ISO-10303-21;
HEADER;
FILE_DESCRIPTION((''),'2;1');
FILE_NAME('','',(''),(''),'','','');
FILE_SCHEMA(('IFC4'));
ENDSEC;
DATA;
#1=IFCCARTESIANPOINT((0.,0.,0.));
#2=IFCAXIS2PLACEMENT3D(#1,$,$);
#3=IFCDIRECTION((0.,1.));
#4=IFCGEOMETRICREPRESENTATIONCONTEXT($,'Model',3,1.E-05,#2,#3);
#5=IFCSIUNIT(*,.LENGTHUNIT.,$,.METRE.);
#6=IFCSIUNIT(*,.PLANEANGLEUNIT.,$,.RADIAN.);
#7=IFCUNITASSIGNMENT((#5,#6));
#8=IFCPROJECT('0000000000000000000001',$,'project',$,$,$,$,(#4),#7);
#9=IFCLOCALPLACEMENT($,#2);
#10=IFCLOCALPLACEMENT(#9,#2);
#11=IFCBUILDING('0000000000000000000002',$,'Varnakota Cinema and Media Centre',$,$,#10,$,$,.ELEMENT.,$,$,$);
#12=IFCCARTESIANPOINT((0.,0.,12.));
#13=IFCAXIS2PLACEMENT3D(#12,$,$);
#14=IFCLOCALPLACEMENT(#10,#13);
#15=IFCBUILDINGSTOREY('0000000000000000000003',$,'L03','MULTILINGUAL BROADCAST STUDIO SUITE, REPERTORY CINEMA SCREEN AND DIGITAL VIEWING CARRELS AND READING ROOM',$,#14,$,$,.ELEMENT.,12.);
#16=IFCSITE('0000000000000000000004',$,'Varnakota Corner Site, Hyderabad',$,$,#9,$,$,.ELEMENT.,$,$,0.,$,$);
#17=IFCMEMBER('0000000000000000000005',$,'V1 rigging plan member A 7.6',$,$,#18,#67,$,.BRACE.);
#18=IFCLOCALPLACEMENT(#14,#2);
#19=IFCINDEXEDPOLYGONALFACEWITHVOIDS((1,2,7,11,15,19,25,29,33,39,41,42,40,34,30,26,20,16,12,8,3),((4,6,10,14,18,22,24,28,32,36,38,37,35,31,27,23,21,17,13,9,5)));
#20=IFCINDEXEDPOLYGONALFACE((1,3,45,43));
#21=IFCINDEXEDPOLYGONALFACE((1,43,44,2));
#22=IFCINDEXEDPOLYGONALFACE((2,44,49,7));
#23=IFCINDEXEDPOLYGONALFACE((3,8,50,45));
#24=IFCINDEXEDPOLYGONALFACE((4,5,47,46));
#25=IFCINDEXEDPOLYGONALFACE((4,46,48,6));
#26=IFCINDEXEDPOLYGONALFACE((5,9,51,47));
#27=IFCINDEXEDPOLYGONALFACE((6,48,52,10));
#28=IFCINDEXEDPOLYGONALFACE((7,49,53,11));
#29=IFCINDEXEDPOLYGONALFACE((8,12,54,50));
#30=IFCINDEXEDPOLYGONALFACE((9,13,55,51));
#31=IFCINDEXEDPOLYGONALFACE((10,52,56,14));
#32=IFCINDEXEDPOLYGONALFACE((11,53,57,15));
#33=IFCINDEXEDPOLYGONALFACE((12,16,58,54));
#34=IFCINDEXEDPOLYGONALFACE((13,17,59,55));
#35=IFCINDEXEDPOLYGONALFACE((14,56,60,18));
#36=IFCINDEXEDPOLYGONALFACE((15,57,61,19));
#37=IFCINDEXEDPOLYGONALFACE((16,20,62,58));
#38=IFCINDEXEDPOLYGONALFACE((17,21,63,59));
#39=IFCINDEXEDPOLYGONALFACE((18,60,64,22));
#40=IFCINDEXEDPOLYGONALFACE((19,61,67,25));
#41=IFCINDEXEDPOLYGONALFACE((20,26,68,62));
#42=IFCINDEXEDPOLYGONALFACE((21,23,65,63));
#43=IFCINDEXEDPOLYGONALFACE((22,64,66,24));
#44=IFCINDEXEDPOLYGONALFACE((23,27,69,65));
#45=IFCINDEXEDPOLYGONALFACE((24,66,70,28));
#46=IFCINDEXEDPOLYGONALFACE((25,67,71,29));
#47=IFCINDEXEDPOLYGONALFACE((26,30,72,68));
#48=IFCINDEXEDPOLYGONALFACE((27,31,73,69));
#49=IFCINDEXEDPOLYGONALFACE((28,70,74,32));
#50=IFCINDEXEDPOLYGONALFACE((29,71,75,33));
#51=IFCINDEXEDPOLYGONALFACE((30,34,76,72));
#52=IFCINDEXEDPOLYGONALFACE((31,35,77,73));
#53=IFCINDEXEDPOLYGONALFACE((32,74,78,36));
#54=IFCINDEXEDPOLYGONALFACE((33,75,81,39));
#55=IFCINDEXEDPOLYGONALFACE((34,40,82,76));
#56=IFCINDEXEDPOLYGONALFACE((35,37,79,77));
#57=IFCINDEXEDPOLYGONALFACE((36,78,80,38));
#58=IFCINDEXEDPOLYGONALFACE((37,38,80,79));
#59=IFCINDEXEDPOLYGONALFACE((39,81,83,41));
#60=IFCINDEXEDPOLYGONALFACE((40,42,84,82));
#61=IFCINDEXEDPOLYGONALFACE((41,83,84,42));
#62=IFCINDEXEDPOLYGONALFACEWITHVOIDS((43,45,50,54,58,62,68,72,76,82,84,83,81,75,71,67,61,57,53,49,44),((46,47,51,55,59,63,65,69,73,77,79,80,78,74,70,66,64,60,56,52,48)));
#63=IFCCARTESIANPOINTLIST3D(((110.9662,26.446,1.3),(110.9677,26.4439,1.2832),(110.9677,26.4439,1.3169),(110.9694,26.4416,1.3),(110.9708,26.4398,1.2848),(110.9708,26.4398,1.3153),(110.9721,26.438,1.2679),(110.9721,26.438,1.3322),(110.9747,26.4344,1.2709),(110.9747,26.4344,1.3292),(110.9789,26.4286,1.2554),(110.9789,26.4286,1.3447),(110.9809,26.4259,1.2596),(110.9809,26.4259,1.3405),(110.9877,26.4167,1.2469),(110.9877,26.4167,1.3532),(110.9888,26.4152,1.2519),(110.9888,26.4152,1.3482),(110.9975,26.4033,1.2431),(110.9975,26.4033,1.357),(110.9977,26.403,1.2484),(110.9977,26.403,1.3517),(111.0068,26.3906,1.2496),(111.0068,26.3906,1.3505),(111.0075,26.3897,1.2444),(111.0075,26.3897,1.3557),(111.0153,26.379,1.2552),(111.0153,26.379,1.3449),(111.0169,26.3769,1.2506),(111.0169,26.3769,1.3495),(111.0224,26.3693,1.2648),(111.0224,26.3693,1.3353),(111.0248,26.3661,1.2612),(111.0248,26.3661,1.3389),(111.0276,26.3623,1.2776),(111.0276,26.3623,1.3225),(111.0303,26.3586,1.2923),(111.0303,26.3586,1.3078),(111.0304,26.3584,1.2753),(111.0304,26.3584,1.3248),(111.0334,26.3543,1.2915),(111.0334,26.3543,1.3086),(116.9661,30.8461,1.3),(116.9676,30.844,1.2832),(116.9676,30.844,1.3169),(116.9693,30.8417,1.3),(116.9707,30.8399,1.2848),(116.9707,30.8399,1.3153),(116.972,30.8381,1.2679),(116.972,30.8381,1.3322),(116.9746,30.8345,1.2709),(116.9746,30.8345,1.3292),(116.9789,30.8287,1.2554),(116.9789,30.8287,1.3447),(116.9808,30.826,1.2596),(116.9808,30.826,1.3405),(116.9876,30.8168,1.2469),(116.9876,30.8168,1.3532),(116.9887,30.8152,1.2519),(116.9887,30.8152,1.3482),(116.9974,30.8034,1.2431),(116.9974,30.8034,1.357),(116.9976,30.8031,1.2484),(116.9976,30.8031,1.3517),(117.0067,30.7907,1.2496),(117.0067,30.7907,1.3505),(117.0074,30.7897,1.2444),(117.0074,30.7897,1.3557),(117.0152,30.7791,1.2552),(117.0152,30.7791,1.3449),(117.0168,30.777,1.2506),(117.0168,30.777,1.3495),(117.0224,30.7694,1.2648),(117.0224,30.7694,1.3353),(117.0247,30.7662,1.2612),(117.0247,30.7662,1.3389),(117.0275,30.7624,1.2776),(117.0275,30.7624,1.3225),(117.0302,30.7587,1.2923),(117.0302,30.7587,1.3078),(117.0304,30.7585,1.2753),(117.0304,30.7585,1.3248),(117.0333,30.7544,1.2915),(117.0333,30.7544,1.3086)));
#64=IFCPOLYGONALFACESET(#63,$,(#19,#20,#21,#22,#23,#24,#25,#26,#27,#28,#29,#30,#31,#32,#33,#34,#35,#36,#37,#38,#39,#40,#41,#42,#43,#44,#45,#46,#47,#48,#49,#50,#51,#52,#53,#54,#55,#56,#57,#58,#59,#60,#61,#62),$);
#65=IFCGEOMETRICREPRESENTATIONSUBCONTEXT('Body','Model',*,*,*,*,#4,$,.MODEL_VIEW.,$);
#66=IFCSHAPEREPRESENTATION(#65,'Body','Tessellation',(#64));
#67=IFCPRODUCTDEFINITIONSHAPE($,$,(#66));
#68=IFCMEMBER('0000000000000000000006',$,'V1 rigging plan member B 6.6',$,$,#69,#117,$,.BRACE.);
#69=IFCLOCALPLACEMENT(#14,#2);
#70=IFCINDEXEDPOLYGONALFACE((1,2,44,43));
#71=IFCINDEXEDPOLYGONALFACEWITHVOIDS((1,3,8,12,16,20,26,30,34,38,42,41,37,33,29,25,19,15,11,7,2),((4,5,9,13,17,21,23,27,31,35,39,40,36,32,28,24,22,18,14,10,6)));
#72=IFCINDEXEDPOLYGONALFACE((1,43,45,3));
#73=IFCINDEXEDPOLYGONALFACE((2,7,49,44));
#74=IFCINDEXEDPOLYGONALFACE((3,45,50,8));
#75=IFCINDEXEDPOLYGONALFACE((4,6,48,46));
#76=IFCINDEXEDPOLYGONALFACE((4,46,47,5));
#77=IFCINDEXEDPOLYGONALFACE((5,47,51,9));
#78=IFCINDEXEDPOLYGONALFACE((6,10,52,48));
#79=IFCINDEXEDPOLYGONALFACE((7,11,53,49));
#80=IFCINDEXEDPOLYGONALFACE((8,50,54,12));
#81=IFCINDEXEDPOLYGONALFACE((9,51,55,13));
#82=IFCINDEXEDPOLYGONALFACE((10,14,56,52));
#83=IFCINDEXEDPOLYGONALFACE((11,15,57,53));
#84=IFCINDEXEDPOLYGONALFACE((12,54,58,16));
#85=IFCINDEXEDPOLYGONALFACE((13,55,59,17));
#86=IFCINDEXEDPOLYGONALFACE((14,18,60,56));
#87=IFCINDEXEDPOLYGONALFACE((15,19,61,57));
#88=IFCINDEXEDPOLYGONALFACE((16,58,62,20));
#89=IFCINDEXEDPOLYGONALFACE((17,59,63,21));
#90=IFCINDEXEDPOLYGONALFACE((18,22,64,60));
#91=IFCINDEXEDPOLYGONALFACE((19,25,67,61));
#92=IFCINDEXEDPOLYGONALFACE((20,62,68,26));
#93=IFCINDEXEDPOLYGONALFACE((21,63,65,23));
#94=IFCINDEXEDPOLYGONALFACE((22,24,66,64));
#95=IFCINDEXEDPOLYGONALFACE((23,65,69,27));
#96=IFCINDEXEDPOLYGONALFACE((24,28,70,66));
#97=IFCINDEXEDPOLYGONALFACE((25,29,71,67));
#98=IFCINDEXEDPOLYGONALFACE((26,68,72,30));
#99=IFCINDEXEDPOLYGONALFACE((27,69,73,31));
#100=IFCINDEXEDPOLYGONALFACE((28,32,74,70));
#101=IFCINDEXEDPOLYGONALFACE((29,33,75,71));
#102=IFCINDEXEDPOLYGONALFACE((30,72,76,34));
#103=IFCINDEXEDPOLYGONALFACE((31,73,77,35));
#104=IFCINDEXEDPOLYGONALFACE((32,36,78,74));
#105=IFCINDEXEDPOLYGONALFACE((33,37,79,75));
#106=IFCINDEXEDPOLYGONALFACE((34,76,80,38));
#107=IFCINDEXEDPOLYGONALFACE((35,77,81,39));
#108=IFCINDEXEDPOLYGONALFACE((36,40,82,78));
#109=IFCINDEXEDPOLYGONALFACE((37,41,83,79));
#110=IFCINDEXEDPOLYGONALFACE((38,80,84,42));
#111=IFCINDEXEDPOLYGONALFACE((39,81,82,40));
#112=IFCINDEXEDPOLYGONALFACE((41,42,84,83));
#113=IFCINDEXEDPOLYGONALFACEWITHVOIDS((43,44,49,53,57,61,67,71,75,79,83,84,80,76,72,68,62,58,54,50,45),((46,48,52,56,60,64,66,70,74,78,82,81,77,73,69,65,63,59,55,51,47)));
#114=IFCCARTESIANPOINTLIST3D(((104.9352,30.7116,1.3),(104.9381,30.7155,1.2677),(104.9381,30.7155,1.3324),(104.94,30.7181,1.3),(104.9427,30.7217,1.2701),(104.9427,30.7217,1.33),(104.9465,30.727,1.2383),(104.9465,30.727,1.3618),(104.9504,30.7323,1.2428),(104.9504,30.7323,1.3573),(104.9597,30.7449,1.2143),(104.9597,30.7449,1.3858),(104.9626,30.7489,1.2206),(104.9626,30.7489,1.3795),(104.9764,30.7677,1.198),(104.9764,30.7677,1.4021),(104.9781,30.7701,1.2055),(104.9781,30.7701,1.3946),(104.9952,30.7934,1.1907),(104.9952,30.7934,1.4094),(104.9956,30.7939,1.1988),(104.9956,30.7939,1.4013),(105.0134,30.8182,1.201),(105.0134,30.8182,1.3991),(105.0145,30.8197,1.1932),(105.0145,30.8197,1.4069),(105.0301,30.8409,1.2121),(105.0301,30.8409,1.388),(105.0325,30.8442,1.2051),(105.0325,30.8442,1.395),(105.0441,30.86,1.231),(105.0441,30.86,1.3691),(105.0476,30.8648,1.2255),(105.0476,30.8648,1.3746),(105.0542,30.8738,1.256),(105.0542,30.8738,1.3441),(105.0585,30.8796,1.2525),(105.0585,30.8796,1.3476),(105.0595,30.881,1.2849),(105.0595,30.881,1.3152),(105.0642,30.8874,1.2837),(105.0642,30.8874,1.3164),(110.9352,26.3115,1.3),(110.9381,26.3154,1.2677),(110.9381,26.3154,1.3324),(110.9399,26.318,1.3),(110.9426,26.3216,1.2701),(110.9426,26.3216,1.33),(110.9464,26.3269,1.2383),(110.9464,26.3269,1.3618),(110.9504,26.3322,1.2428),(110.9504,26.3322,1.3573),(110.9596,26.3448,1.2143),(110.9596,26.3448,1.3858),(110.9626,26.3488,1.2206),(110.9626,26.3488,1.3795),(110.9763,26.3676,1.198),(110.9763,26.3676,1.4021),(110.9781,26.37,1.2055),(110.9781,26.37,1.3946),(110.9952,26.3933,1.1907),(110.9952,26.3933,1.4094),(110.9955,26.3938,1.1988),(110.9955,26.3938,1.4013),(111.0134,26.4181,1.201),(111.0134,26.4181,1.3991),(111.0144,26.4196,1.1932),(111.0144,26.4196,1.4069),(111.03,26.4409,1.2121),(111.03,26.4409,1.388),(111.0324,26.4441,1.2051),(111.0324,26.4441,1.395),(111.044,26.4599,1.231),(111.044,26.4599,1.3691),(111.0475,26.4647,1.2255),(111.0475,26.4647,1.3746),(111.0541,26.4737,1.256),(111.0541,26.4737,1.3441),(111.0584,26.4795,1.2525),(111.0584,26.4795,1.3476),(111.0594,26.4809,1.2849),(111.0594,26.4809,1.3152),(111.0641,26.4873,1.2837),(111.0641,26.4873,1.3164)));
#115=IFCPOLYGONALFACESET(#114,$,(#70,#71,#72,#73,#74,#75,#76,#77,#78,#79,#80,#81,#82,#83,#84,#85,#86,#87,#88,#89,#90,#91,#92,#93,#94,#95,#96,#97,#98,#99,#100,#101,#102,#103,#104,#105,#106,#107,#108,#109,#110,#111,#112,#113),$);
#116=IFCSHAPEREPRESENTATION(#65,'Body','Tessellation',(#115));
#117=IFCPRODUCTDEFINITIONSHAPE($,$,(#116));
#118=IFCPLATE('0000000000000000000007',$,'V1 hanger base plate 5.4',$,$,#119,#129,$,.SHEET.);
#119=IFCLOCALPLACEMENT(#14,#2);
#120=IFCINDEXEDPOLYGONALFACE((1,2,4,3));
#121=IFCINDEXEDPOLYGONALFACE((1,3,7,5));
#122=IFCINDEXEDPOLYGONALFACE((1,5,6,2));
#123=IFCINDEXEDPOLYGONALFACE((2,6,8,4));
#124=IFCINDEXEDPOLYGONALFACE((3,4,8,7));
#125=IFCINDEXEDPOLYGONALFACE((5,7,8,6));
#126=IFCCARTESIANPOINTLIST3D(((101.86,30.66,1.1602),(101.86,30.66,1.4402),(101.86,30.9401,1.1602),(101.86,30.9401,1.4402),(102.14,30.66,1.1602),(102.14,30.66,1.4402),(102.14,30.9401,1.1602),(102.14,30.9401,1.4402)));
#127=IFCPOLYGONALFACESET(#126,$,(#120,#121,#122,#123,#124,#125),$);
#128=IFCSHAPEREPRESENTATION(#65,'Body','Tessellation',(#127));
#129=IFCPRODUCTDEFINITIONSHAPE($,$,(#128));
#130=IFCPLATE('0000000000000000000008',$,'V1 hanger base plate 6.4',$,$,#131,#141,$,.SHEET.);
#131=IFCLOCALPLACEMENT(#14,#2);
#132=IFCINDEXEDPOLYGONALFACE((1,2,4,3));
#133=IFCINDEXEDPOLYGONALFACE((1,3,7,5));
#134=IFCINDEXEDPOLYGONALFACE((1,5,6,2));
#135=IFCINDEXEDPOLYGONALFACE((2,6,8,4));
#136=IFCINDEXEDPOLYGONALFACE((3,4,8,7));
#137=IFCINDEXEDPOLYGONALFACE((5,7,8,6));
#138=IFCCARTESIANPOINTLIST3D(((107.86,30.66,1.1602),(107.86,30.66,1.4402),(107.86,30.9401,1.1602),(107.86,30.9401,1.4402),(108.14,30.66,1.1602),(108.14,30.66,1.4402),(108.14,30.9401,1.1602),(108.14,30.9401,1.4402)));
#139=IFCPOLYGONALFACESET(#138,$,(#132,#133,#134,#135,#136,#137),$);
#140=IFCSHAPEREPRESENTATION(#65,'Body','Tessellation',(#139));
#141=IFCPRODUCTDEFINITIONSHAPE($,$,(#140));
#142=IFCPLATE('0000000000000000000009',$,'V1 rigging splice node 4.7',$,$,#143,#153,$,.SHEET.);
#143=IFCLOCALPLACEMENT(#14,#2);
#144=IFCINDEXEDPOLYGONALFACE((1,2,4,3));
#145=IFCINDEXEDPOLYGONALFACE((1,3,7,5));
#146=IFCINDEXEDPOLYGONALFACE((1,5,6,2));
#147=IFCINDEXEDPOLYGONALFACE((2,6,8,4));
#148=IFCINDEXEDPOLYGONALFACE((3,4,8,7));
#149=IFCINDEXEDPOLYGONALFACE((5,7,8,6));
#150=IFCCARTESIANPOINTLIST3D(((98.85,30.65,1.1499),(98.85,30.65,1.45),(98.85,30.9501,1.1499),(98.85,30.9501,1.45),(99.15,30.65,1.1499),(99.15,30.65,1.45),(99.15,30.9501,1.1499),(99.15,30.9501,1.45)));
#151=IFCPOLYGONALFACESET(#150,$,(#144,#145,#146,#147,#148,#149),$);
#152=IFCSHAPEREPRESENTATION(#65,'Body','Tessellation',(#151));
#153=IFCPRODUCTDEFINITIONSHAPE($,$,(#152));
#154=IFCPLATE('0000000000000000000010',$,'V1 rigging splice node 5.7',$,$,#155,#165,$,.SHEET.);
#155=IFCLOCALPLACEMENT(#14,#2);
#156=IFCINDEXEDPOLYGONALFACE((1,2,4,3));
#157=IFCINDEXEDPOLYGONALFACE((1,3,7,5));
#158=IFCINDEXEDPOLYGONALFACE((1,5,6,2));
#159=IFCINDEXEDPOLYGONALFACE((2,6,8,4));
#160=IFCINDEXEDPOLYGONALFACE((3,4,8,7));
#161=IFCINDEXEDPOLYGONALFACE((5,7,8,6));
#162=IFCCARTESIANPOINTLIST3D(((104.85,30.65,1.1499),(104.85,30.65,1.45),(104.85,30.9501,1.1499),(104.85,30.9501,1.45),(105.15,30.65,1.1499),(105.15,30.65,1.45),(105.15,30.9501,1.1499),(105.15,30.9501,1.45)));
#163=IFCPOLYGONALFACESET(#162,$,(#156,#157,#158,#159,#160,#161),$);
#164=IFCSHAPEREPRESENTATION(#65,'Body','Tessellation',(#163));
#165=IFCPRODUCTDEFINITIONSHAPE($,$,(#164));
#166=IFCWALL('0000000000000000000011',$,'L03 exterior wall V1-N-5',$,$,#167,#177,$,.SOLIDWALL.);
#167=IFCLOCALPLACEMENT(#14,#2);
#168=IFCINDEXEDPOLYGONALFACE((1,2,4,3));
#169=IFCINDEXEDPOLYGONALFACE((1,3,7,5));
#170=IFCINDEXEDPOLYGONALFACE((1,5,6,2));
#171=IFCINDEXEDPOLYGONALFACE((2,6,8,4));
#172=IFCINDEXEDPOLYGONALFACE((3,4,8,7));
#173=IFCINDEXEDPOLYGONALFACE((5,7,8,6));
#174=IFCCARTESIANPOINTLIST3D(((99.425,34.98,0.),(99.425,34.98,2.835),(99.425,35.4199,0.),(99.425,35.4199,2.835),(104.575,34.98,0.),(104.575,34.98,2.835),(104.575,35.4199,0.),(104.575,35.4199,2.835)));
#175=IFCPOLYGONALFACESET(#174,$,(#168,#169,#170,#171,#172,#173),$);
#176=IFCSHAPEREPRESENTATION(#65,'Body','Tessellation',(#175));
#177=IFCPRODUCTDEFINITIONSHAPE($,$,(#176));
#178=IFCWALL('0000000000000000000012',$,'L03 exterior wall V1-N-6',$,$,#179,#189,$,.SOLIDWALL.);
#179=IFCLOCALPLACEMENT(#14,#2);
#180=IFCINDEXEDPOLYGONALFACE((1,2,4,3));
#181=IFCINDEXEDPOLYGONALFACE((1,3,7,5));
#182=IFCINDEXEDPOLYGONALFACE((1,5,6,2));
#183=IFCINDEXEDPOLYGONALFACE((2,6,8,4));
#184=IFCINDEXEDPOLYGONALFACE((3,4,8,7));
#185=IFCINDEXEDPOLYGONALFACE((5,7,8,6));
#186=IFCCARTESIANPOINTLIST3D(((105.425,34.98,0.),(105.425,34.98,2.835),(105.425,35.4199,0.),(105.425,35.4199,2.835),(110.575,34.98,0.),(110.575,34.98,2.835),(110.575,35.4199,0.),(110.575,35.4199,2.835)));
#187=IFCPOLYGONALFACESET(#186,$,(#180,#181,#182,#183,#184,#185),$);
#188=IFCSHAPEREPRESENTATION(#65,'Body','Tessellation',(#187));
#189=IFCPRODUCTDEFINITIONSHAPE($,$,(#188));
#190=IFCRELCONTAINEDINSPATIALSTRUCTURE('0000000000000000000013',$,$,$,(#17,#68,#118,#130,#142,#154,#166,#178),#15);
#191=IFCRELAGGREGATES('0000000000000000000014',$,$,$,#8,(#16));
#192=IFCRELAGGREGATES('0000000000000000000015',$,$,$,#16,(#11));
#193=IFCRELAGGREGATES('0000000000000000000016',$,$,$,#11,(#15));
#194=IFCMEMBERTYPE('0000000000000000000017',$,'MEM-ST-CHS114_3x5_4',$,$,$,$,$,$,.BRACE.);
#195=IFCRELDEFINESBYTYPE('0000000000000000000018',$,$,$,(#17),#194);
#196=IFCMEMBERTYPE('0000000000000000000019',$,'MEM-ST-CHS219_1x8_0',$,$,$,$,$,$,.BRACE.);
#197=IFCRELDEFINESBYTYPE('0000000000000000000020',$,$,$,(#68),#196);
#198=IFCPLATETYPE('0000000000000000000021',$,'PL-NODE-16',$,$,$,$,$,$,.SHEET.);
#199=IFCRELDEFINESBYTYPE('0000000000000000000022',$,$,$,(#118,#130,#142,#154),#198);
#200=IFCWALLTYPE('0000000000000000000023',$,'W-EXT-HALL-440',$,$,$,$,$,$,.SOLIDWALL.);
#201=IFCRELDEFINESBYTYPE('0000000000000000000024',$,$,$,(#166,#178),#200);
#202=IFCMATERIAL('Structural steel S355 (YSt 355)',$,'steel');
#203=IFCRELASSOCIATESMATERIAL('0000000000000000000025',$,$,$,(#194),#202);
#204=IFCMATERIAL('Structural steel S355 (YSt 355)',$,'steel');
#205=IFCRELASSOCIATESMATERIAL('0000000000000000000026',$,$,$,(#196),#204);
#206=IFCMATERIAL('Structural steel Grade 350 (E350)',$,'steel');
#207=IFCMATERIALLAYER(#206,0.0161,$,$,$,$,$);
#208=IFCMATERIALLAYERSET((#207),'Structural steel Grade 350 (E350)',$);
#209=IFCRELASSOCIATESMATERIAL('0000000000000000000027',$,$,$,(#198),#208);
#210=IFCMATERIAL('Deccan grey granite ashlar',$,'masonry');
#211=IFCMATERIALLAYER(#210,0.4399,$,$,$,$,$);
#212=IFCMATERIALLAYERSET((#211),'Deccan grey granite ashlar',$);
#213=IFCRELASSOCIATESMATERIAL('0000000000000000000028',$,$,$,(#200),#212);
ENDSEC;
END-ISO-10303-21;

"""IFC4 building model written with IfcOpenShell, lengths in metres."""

from ifc_helpers import new_model, si_unit, direction, frame, frame_2d, origin, origin_2d, place, context, subcontext, project, spatial, rectangle, hollow_circle, extrude, material, layer, layer_set, material_profile, profile_set, type_object, element, save


model = new_model("IFC4")

# Units and contexts
model_context = context("Model", 3, precision=1e-05, world=origin(), true_north=direction((0.0, 1.0)))
body_context = subcontext(model_context, "Body", "Model", "MODEL_VIEW")
ifc_project = project(units=[si_unit("LENGTHUNIT", "METRE"), si_unit("PLANEANGLEUNIT", "RADIAN")], contexts=[model_context])

# Site, building, storey
site_placement = place(None, origin())
site = spatial("IfcSite", under=ifc_project, at=site_placement, Name="Varnakota Corner Site, Hyderabad", CompositionType="ELEMENT", RefElevation=0.0)
building_placement = place(site_placement, origin())
building = spatial("IfcBuilding", under=site, at=building_placement, Name="Varnakota Cinema and Media Centre", CompositionType="ELEMENT")
storey_placement = place(building_placement, frame((0.0, 0.0, 12.0)))
storey = spatial("IfcBuildingStorey", under=building, at=storey_placement, Name="L03", Description="MULTILINGUAL BROADCAST STUDIO SUITE, REPERTORY CINEMA SCREEN AND DIGITAL VIEWING CARRELS AND READING ROOM", CompositionType="ELEMENT", Elevation=12.0)

# Members
ifc_material_1 = material(Name="Structural steel S355 (YSt 355)", Category="steel")
ifc_material_profile_1 = material_profile(ifc_material_1, hollow_circle(Radius=0.0571, WallThickness=0.0054, at=origin_2d()), Name="CHS 114.3x5.4")
ifc_profile_set_1 = profile_set([ifc_material_profile_1], Name="Structural steel S355 (YSt 355)")
member_type_1 = type_object("IfcMemberType", Name="MEM-ST-CHS114_3x5_4", PredefinedType="BRACE", material=ifc_profile_set_1)
member_1_placement = place(storey_placement, frame((111.0, 26.3999, 1.3), z_axis=(0.806396, 0.591376, 0.0), x_axis=(-0.591376, 0.806396, 0.0)))
element("IfcMember", 1, at=member_1_placement, inside=storey, type_object=member_type_1, Name="V1 rigging plan member A 7.6", PredefinedType="BRACE", context=body_context, shape_type="SweptSolid", body=[
    extrude(hollow_circle(Radius=0.0571, WallThickness=0.0054, at=origin_2d()), origin(), (0.0, 0.0, 1.0), 7.4404),
])
ifc_material_2 = material(Name="Structural steel S355 (YSt 355)", Category="steel")
ifc_material_profile_2 = material_profile(ifc_material_2, hollow_circle(Radius=0.1096, WallThickness=0.0081, at=origin_2d()), Name="CHS 219.1x8.0")
ifc_profile_set_2 = profile_set([ifc_material_profile_2], Name="Structural steel S355 (YSt 355)")
member_type_2 = type_object("IfcMemberType", Name="MEM-ST-CHS219_1x8_0", PredefinedType="BRACE", material=ifc_profile_set_2)
member_2_placement = place(storey_placement, frame((111.0, 26.3999, 1.3), z_axis=(-0.806396, 0.591376, 0.0), x_axis=(-0.591376, -0.806396, 0.0)))
element("IfcMember", 2, at=member_2_placement, inside=storey, type_object=member_type_2, Name="V1 rigging plan member B 6.6", PredefinedType="BRACE", context=body_context, shape_type="SweptSolid", body=[
    extrude(hollow_circle(Radius=0.1096, WallThickness=0.0081, at=origin_2d()), origin(), (0.0, 0.0, 1.0), 7.4404),
])

# Plates
ifc_material_3 = material(Name="Structural steel Grade 350 (E350)", Category="steel")
ifc_layer_1 = layer(ifc_material_3, 0.0161)
ifc_layer_set_1 = layer_set([ifc_layer_1], Name="Structural steel Grade 350 (E350)")
plate_type = type_object("IfcPlateType", Name="PL-NODE-16", PredefinedType="SHEET", material=ifc_layer_set_1)
for number, where, z_axis, x_axis, name in (
    (3, (102.0, 30.8, 1.1602), (0.0, 0.0, 1.0), (1.0, 0.0, 0.0), "V1 hanger base plate 5.4"),
    (4, (108.0, 30.8, 1.1602), (0.0, 0.0, 1.0), (1.0, 0.0, 0.0), "V1 hanger base plate 6.4"),
):
    element("IfcPlate", number, at=place(storey_placement, frame(where, z_axis=z_axis, x_axis=x_axis)), inside=storey, type_object=plate_type, Name=name, PredefinedType="SHEET", context=body_context, shape_type="SweptSolid", body=[
        extrude(rectangle(XDim=0.28, YDim=0.28, at=origin_2d()), origin(), (0.0, 0.0, 1.0), 0.28),
    ])
for number, where, z_axis, x_axis, name in (
    (5, (99.0, 30.8, 1.1499), (0.0, 0.0, 1.0), (1.0, 0.0, 0.0), "V1 rigging splice node 4.7"),
    (6, (105.0, 30.8, 1.1499), (0.0, 0.0, 1.0), (1.0, 0.0, 0.0), "V1 rigging splice node 5.7"),
):
    element("IfcPlate", number, at=place(storey_placement, frame(where, z_axis=z_axis, x_axis=x_axis)), inside=storey, type_object=plate_type, Name=name, PredefinedType="SHEET", context=body_context, shape_type="SweptSolid", body=[
        extrude(rectangle(XDim=0.3, YDim=0.3, at=origin_2d()), origin(), (0.0, 0.0, 1.0), 0.3),
    ])

# Walls
ifc_material_4 = material(Name="Deccan grey granite ashlar", Category="masonry")
ifc_layer_2 = layer(ifc_material_4, 0.4399)
ifc_layer_set_2 = layer_set([ifc_layer_2], Name="Deccan grey granite ashlar")
wall_type = type_object("IfcWallType", Name="W-EXT-HALL-440", PredefinedType="SOLIDWALL", material=ifc_layer_set_2)
for number, where, z_axis, x_axis, name in (
    (7, (99.425, 35.2, 0.0), (0.0, 0.0, 1.0), (1.0, 0.0, 0.0), "L03 exterior wall V1-N-5"),
    (8, (105.425, 35.2, 0.0), (0.0, 0.0, 1.0), (1.0, 0.0, 0.0), "L03 exterior wall V1-N-6"),
):
    element("IfcWall", number, at=place(storey_placement, frame(where, z_axis=z_axis, x_axis=x_axis)), inside=storey, type_object=wall_type, Name=name, PredefinedType="SOLIDWALL", context=body_context, shape_type="SweptSolid", body=[
        extrude(rectangle(XDim=5.1499, YDim=0.4399, at=frame_2d((2.575, 0.0))), origin(), (0.0, 0.0, 1.0), 2.835),
    ])

save(model, "model.ifc")
